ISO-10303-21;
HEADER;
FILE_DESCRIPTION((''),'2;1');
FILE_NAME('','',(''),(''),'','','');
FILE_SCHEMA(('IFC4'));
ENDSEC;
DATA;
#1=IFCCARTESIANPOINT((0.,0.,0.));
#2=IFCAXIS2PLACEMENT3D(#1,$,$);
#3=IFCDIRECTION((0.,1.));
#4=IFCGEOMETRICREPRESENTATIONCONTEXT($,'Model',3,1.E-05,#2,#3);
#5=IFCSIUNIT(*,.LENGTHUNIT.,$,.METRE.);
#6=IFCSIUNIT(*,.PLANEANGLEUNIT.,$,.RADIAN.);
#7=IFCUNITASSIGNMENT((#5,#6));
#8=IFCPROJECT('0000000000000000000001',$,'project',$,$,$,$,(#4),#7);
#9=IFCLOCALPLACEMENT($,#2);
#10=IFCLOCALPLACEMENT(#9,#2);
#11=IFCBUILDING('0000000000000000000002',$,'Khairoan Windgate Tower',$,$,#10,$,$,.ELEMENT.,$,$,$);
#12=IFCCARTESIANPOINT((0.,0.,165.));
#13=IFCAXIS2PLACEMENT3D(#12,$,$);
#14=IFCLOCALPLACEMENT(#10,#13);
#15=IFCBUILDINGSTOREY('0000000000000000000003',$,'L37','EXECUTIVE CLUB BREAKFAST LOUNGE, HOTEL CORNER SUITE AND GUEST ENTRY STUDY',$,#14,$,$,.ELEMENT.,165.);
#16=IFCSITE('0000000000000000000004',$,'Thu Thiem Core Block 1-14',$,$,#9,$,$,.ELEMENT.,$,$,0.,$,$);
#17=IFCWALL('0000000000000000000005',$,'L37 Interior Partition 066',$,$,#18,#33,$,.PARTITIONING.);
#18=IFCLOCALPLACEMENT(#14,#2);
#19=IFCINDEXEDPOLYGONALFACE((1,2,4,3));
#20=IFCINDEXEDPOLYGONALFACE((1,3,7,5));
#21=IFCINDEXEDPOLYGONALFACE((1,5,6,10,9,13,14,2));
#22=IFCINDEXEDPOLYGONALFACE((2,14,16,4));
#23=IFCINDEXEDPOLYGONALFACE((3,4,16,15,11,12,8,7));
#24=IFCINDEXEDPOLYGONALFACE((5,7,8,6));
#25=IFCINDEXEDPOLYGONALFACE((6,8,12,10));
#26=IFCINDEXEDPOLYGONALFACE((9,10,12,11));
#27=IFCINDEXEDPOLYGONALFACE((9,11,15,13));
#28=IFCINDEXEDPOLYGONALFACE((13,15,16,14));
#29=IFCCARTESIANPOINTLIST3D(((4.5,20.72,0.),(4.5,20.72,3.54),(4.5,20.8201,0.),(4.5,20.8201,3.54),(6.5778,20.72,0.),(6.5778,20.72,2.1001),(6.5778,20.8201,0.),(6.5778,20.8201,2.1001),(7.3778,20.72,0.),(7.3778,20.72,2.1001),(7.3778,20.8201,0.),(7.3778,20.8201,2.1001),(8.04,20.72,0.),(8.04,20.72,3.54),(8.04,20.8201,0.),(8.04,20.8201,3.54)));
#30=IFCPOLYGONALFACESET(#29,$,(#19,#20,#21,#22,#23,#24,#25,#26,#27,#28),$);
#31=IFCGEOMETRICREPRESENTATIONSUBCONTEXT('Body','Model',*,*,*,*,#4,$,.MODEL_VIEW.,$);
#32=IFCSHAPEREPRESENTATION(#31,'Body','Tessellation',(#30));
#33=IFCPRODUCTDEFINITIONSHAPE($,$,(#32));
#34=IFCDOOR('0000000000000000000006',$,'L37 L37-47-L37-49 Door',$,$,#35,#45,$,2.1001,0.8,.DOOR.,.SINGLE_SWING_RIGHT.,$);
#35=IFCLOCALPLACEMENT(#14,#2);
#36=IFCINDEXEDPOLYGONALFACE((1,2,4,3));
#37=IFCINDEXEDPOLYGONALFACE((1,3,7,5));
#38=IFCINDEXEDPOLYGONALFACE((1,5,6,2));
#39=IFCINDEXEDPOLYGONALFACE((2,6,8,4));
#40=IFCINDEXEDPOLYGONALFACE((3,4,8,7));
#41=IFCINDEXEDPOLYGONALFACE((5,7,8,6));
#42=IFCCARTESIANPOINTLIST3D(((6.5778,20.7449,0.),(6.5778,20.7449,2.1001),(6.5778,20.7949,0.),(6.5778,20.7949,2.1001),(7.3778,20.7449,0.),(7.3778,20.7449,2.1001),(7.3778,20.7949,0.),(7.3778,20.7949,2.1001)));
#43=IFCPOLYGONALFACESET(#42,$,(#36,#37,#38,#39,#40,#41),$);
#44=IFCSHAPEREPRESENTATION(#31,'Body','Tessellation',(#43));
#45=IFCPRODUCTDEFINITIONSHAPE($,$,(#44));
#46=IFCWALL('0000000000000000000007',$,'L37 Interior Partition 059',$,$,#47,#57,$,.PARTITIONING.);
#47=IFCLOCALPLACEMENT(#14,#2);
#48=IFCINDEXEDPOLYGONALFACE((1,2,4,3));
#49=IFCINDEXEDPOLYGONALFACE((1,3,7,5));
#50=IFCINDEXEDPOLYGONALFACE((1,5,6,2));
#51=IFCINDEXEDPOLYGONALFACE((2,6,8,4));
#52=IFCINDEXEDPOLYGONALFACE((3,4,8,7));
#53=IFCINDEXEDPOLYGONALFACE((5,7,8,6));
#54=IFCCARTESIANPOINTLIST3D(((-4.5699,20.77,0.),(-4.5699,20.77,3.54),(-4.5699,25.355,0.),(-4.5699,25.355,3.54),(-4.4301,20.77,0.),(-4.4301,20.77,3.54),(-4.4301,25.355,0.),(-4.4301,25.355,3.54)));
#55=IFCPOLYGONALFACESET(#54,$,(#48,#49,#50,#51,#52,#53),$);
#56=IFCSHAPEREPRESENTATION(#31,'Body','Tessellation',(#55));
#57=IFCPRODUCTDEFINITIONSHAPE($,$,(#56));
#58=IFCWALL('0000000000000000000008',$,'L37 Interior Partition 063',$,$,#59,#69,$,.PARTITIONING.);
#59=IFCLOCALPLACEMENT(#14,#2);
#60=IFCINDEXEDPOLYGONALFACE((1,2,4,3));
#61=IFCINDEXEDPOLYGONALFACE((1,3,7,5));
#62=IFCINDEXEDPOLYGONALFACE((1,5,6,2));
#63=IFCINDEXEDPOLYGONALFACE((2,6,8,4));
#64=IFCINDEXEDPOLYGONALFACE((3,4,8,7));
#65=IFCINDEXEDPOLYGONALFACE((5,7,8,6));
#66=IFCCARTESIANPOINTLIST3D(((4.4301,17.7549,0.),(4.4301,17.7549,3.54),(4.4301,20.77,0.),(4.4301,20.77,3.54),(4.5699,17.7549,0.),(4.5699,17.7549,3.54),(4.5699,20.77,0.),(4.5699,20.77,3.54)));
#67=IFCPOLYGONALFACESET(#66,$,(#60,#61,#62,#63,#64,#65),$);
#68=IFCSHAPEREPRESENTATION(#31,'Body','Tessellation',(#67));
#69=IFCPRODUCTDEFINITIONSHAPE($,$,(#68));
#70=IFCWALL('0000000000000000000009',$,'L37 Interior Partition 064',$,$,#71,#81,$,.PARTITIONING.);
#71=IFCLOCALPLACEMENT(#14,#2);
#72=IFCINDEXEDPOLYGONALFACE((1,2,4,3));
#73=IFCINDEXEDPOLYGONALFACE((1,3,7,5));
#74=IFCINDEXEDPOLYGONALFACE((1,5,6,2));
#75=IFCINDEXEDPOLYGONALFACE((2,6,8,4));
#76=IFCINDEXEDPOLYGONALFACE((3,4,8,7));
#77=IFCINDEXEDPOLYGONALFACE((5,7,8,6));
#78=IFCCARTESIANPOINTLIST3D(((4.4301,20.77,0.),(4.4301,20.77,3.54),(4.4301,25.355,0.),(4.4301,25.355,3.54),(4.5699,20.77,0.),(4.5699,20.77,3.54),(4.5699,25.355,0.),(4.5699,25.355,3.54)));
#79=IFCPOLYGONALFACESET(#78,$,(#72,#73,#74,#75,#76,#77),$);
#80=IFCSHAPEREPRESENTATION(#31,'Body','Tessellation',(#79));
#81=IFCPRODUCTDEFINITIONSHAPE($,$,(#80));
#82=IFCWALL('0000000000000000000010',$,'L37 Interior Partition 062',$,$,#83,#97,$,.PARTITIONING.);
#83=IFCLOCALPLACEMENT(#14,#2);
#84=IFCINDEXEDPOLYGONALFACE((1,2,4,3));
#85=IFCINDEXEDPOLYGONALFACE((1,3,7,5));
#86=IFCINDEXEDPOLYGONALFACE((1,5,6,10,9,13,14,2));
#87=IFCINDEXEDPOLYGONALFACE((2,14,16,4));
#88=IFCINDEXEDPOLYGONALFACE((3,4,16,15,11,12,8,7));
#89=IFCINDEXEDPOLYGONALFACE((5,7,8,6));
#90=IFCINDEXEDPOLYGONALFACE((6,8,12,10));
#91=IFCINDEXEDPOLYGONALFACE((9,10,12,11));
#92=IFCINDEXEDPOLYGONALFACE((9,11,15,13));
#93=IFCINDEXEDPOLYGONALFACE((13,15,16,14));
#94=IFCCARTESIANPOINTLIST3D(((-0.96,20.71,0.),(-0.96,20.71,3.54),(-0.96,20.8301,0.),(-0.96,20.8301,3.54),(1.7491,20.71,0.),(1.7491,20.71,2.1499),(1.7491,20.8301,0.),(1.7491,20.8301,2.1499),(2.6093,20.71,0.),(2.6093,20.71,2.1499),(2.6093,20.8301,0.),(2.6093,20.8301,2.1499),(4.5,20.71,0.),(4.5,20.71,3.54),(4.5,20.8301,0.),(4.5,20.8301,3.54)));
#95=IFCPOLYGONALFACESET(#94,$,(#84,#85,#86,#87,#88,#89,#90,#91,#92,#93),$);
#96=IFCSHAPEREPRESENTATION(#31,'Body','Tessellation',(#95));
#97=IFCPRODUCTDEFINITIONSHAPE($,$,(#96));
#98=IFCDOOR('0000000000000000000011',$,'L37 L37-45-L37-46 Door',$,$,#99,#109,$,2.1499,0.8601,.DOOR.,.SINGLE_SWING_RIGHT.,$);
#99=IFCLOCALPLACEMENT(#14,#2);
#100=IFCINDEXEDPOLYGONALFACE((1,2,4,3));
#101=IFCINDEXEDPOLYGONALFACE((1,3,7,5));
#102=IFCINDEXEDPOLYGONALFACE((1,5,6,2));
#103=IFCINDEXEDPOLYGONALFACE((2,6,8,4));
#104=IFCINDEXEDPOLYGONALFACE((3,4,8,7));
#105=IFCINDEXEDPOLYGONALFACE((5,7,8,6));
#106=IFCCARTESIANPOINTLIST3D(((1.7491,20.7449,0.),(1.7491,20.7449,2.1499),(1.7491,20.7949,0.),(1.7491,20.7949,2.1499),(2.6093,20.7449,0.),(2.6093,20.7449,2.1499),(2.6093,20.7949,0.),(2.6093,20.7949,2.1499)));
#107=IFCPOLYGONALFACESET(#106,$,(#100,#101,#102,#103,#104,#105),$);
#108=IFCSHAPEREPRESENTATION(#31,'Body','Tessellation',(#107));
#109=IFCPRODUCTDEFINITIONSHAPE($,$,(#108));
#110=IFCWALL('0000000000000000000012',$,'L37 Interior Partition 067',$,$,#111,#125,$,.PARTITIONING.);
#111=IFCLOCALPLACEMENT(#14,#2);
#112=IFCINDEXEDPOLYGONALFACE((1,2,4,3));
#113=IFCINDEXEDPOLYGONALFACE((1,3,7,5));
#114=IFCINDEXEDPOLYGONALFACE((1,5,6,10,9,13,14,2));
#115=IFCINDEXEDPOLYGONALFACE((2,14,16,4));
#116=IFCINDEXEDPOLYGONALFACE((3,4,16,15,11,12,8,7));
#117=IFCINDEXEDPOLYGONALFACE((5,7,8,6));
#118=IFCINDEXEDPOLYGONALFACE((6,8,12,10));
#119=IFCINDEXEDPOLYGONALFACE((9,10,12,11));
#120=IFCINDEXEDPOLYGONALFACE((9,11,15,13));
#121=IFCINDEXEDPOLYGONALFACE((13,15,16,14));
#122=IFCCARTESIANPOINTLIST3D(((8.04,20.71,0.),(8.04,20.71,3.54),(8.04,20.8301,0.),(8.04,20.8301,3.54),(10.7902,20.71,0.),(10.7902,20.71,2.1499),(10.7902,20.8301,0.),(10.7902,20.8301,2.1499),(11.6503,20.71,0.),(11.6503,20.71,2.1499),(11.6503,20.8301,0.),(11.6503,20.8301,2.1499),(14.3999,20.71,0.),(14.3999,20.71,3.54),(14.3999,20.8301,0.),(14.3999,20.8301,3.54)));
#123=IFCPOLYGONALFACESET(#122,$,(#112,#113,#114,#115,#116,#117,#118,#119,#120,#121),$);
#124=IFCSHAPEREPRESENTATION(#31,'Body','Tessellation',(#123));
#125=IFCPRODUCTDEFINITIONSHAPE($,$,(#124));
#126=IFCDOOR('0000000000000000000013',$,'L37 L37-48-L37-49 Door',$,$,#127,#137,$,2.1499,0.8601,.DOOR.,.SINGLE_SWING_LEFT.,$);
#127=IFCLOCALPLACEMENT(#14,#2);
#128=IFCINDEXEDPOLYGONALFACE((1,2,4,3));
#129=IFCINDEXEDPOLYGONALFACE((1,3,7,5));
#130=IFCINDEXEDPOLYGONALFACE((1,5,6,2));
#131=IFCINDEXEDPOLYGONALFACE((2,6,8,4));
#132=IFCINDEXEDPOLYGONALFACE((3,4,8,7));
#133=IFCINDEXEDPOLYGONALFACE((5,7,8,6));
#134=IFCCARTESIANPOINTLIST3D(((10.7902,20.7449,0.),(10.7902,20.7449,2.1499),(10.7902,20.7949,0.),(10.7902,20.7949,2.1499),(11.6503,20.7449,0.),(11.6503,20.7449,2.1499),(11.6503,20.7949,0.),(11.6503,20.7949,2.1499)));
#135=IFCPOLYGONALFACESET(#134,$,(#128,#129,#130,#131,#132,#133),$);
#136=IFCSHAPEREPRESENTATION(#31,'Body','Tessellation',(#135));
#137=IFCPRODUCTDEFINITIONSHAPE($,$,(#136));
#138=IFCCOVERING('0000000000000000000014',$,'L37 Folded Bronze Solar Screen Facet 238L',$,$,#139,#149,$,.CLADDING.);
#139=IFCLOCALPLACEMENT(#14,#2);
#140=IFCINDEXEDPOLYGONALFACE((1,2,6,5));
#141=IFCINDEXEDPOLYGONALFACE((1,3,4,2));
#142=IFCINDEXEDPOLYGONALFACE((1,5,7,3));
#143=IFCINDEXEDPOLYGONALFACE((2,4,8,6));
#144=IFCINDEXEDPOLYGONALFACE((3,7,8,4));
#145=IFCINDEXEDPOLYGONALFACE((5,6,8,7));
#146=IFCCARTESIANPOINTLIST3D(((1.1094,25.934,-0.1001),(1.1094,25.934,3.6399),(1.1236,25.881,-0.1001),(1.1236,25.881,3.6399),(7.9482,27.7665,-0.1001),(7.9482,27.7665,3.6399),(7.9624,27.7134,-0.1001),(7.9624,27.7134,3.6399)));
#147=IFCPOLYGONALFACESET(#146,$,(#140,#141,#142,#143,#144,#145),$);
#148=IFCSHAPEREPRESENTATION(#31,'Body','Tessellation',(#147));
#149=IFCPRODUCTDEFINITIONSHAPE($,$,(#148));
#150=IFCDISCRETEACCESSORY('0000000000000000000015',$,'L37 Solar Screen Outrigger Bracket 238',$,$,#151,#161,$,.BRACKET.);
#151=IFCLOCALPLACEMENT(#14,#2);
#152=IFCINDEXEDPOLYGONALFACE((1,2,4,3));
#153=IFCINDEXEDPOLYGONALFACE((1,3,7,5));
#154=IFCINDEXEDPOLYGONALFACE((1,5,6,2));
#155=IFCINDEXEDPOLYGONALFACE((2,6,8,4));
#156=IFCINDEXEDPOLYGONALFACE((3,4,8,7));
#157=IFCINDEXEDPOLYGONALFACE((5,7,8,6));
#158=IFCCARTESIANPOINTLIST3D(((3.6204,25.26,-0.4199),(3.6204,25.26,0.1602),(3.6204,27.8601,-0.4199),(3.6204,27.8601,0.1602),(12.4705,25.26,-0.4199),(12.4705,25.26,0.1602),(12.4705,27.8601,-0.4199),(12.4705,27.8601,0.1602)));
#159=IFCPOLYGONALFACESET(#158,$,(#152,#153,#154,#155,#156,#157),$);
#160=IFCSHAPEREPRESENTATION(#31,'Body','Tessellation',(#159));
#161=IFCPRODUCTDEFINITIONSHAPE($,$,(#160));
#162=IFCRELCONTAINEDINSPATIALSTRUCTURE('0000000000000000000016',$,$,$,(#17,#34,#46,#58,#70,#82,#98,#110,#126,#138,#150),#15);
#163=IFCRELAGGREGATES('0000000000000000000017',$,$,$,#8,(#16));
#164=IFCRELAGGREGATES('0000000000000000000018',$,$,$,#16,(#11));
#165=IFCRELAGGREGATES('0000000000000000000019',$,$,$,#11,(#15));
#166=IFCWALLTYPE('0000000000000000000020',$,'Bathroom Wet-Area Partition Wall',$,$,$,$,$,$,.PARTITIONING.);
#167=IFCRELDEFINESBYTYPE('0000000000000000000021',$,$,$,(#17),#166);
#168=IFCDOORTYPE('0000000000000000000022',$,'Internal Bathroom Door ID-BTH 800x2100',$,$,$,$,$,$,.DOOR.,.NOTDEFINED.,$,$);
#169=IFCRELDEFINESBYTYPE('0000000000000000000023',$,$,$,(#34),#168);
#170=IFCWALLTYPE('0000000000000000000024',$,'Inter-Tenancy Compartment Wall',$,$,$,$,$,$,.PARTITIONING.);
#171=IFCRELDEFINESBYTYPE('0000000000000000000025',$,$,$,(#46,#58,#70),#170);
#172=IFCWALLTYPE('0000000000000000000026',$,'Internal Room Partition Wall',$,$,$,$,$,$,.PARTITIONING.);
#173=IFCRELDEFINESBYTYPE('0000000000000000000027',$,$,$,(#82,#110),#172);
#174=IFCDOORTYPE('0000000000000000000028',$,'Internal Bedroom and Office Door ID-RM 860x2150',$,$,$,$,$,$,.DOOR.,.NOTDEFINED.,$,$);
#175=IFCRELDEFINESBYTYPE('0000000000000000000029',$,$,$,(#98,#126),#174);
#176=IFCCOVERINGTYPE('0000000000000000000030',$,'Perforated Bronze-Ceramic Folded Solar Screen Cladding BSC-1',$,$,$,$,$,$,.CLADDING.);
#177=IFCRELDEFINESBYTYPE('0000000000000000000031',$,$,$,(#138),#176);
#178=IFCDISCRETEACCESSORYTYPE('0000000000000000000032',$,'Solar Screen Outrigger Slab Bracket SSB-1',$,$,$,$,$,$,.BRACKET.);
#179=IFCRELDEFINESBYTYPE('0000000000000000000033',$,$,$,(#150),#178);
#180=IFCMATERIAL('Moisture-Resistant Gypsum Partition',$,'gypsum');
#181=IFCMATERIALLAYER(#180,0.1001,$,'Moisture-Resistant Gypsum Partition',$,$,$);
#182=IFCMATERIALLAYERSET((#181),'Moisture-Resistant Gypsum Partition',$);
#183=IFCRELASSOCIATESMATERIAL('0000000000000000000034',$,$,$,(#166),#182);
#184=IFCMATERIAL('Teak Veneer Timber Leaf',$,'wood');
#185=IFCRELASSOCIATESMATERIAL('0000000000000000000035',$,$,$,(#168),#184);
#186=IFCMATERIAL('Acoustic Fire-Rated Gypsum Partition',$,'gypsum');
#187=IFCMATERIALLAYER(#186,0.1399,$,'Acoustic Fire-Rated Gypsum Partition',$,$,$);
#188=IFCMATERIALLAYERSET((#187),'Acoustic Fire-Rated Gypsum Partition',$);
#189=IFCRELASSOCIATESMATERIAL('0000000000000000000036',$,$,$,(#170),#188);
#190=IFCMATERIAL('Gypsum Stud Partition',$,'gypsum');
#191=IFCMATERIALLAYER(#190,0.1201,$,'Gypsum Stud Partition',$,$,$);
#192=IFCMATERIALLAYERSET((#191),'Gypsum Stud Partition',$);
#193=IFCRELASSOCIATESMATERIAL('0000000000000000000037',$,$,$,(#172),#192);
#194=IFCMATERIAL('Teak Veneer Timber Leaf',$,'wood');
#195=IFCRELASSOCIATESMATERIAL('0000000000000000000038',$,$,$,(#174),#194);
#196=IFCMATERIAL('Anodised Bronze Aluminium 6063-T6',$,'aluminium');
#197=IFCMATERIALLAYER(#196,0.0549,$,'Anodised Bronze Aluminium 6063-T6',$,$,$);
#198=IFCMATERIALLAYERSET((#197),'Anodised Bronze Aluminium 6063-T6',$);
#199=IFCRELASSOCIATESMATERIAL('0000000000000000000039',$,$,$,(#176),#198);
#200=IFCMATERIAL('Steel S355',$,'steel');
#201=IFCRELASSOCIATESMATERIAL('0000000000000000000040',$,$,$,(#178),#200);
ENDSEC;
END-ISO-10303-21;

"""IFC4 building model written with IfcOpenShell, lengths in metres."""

from ifc_helpers import new_model, si_unit, direction, frame, frame_2d, origin, origin_2d, place, context, subcontext, project, spatial, rectangle, extrude, material, layer, layer_set, type_object, element, fill, save


model = new_model("IFC4")

# Units and contexts
model_context = context("Model", 3, precision=1e-05, world=origin(), true_north=direction((0.0, 1.0)))
body_context = subcontext(model_context, "Body", "Model", "MODEL_VIEW")
ifc_project = project(units=[si_unit("LENGTHUNIT", "METRE"), si_unit("PLANEANGLEUNIT", "RADIAN")], contexts=[model_context])

# Site, building, storey
site_placement = place(None, origin())
site = spatial("IfcSite", under=ifc_project, at=site_placement, Name="Thu Thiem Core Block 1-14", CompositionType="ELEMENT", RefElevation=0.0)
building_placement = place(site_placement, origin())
building = spatial("IfcBuilding", under=site, at=building_placement, Name="Khairoan Windgate Tower", CompositionType="ELEMENT")
storey_placement = place(building_placement, frame((0.0, 0.0, 165.0)))
storey = spatial("IfcBuildingStorey", under=building, at=storey_placement, Name="L37", Description="EXECUTIVE CLUB BREAKFAST LOUNGE, HOTEL CORNER SUITE AND GUEST ENTRY STUDY", CompositionType="ELEMENT", Elevation=165.0)

# Wall, opening, door
ifc_material_1 = material(Name="Moisture-Resistant Gypsum Partition", Category="gypsum")
ifc_layer_1 = layer(ifc_material_1, 0.1001, Name="Moisture-Resistant Gypsum Partition")
ifc_layer_set_1 = layer_set([ifc_layer_1], Name="Moisture-Resistant Gypsum Partition")
wall_type_1 = type_object("IfcWallType", Name="Bathroom Wet-Area Partition Wall", PredefinedType="PARTITIONING", material=ifc_layer_set_1)
ifc_material_2 = material(Name="Teak Veneer Timber Leaf", Category="wood")
door_type_1 = type_object("IfcDoorType", Name="Internal Bathroom Door ID-BTH 800x2100", OperationType="NOTDEFINED", PredefinedType="DOOR", material=ifc_material_2)
wall_1_placement = place(storey_placement, frame((4.5, 20.77, 0.0), z_axis=(0.0, 0.0, 1.0), x_axis=(1.0, 0.0, 0.0)))
wall_1 = element("IfcWall", 1, at=wall_1_placement, inside=storey, type_object=wall_type_1, Name="L37 Interior Partition 066", PredefinedType="PARTITIONING", context=body_context, shape_type="SweptSolid", body=[
    extrude(rectangle(XDim=3.54, YDim=0.1001, at=frame_2d((1.77, 0.0))), origin(), (0.0, 0.0, 1.0), 3.54),
])
opening_1_placement = place(wall_1_placement, frame((2.0779, 0.0, 0.0)))
opening_1 = element("IfcOpeningElement", 2, at=opening_1_placement, cuts=wall_1, PredefinedType="OPENING", context=body_context, shape_type="SweptSolid", body=[
    extrude(rectangle(XDim=0.8, YDim=2.1001, at=frame_2d((0.3999, 1.05))), frame((0.0, 0.0601, 0.0), z_axis=(0.0, -1.0, 0.0), x_axis=(1.0, 0.0, 0.0)), (0.0, 0.0, 1.0), 0.1201),
])
door_1_placement = place(opening_1_placement, origin())
door_1 = element("IfcDoor", 3, at=door_1_placement, inside=storey, type_object=door_type_1, Name="L37 L37-47-L37-49 Door", OperationType="SINGLE_SWING_RIGHT", OverallHeight=2.1001, OverallWidth=0.8, PredefinedType="DOOR", context=body_context, shape_type="SweptSolid", body=[
    extrude(rectangle(XDim=0.8, YDim=2.1001, at=frame_2d((0.3999, 1.05))), frame((0.0, 0.0249, 0.0), z_axis=(0.0, -1.0, 0.0), x_axis=(1.0, 0.0, 0.0)), (0.0, 0.0, 1.0), 0.05),
])
fill(opening_1, door_1)

# Walls
ifc_material_3 = material(Name="Acoustic Fire-Rated Gypsum Partition", Category="gypsum")
ifc_layer_2 = layer(ifc_material_3, 0.1399, Name="Acoustic Fire-Rated Gypsum Partition")
ifc_layer_set_2 = layer_set([ifc_layer_2], Name="Acoustic Fire-Rated Gypsum Partition")
wall_type_2 = type_object("IfcWallType", Name="Inter-Tenancy Compartment Wall", PredefinedType="PARTITIONING", material=ifc_layer_set_2)
wall_2_placement = place(storey_placement, frame((-4.5, 20.77, 0.0), z_axis=(0.0, 0.0, 1.0), x_axis=(0.0, 1.0, 0.0)))
element("IfcWall", 4, at=wall_2_placement, inside=storey, type_object=wall_type_2, Name="L37 Interior Partition 059", PredefinedType="PARTITIONING", context=body_context, shape_type="SweptSolid", body=[
    extrude(rectangle(XDim=4.585, YDim=0.1399, at=frame_2d((2.2925, 0.0))), origin(), (0.0, 0.0, 1.0), 3.54),
])
wall_3_placement = place(storey_placement, frame((4.5, 17.7549, 0.0), z_axis=(0.0, 0.0, 1.0), x_axis=(0.0, 1.0, 0.0)))
element("IfcWall", 5, at=wall_3_placement, inside=storey, type_object=wall_type_2, Name="L37 Interior Partition 063", PredefinedType="PARTITIONING", context=body_context, shape_type="SweptSolid", body=[
    extrude(rectangle(XDim=3.0151, YDim=0.1399, at=frame_2d((1.5076, 0.0))), origin(), (0.0, 0.0, 1.0), 3.54),
])
wall_4_placement = place(storey_placement, frame((4.5, 20.77, 0.0), z_axis=(0.0, 0.0, 1.0), x_axis=(0.0, 1.0, 0.0)))
element("IfcWall", 6, at=wall_4_placement, inside=storey, type_object=wall_type_2, Name="L37 Interior Partition 064", PredefinedType="PARTITIONING", context=body_context, shape_type="SweptSolid", body=[
    extrude(rectangle(XDim=4.585, YDim=0.1399, at=frame_2d((2.2925, 0.0))), origin(), (0.0, 0.0, 1.0), 3.54),
])

# Walls, openings, doors
ifc_material_4 = material(Name="Gypsum Stud Partition", Category="gypsum")
ifc_layer_3 = layer(ifc_material_4, 0.1201, Name="Gypsum Stud Partition")
ifc_layer_set_3 = layer_set([ifc_layer_3], Name="Gypsum Stud Partition")
wall_type_3 = type_object("IfcWallType", Name="Internal Room Partition Wall", PredefinedType="PARTITIONING", material=ifc_layer_set_3)
wall_5_placement = place(storey_placement, frame((-0.96, 20.77, 0.0), z_axis=(0.0, 0.0, 1.0), x_axis=(1.0, 0.0, 0.0)))
wall_5 = element("IfcWall", 7, at=wall_5_placement, inside=storey, type_object=wall_type_3, Name="L37 Interior Partition 062", PredefinedType="PARTITIONING", context=body_context, shape_type="SweptSolid", body=[
    extrude(rectangle(XDim=5.46, YDim=0.1201, at=frame_2d((2.73, 0.0))), origin(), (0.0, 0.0, 1.0), 3.54),
])
opening_2_placement = place(wall_5_placement, frame((2.709, 0.0, 0.0)))
opening_2 = element("IfcOpeningElement", 8, at=opening_2_placement, cuts=wall_5, PredefinedType="OPENING", context=body_context, shape_type="SweptSolid", body=[
    extrude(rectangle(XDim=0.8601, YDim=2.1499, at=frame_2d((0.4302, 1.075))), frame((0.0, 0.0701, 0.0), z_axis=(0.0, -1.0, 0.0), x_axis=(1.0, 0.0, 0.0)), (0.0, 0.0, 1.0), 0.1401),
])
ifc_material_5 = material(Name="Teak Veneer Timber Leaf", Category="wood")
door_type_2 = type_object("IfcDoorType", Name="Internal Bedroom and Office Door ID-RM 860x2150", OperationType="NOTDEFINED", PredefinedType="DOOR", material=ifc_material_5)
door_2_placement = place(opening_2_placement, origin())
door_2 = element("IfcDoor", 9, at=door_2_placement, inside=storey, type_object=door_type_2, Name="L37 L37-45-L37-46 Door", OperationType="SINGLE_SWING_RIGHT", OverallHeight=2.1499, OverallWidth=0.8601, PredefinedType="DOOR", context=body_context, shape_type="SweptSolid", body=[
    extrude(rectangle(XDim=0.8601, YDim=2.1499, at=frame_2d((0.4302, 1.075))), frame((0.0, 0.0249, 0.0), z_axis=(0.0, -1.0, 0.0), x_axis=(1.0, 0.0, 0.0)), (0.0, 0.0, 1.0), 0.05),
])
fill(opening_2, door_2)
wall_6_placement = place(storey_placement, frame((8.04, 20.77, 0.0), z_axis=(0.0, 0.0, 1.0), x_axis=(1.0, 0.0, 0.0)))
wall_6 = element("IfcWall", 10, at=wall_6_placement, inside=storey, type_object=wall_type_3, Name="L37 Interior Partition 067", PredefinedType="PARTITIONING", context=body_context, shape_type="SweptSolid", body=[
    extrude(rectangle(XDim=6.3599, YDim=0.1201, at=frame_2d((3.1799, 0.0))), origin(), (0.0, 0.0, 1.0), 3.54),
])
opening_3_placement = place(wall_6_placement, frame((2.75, 0.0, 0.0)))
opening_3 = element("IfcOpeningElement", 11, at=opening_3_placement, cuts=wall_6, PredefinedType="OPENING", context=body_context, shape_type="SweptSolid", body=[
    extrude(rectangle(XDim=0.8601, YDim=2.1499, at=frame_2d((0.4302, 1.075))), frame((0.0, 0.0701, 0.0), z_axis=(0.0, -1.0, 0.0), x_axis=(1.0, 0.0, 0.0)), (0.0, 0.0, 1.0), 0.1401),
])
door_3_placement = place(opening_3_placement, origin())
door_3 = element("IfcDoor", 12, at=door_3_placement, inside=storey, type_object=door_type_2, Name="L37 L37-48-L37-49 Door", OperationType="SINGLE_SWING_LEFT", OverallHeight=2.1499, OverallWidth=0.8601, PredefinedType="DOOR", context=body_context, shape_type="SweptSolid", body=[
    extrude(rectangle(XDim=0.8601, YDim=2.1499, at=frame_2d((0.4302, 1.075))), frame((0.0, 0.0249, 0.0), z_axis=(0.0, -1.0, 0.0), x_axis=(1.0, 0.0, 0.0)), (0.0, 0.0, 1.0), 0.05),
])
fill(opening_3, door_3)

# Covering
ifc_material_6 = material(Name="Anodised Bronze Aluminium 6063-T6", Category="aluminium")
ifc_layer_4 = layer(ifc_material_6, 0.0549, Name="Anodised Bronze Aluminium 6063-T6")
ifc_layer_set_4 = layer_set([ifc_layer_4], Name="Anodised Bronze Aluminium 6063-T6")
covering_type = type_object("IfcCoveringType", Name="Perforated Bronze-Ceramic Folded Solar Screen Cladding BSC-1", PredefinedType="CLADDING", material=ifc_layer_set_4)
covering_placement = place(storey_placement, frame((4.5359, 26.8237, -0.1001), z_axis=(0.0, 0.0, 1.0), x_axis=(0.965926, 0.258819, 0.0)))
element("IfcCovering", 13, at=covering_placement, inside=storey, type_object=covering_type, Name="L37 Folded Bronze Solar Screen Facet 238L", PredefinedType="CLADDING", context=body_context, shape_type="SweptSolid", body=[
    extrude(rectangle(XDim=7.0801, YDim=0.0549, at=origin_2d()), origin(), (0.0, 0.0, 1.0), 3.74),
])

# Discrete accessory
ifc_material_7 = material(Name="Steel S355", Category="steel")
discrete_accessory_type = type_object("IfcDiscreteAccessoryType", Name="Solar Screen Outrigger Slab Bracket SSB-1", PredefinedType="BRACKET", material=ifc_material_7)
discrete_accessory_placement = place(storey_placement, frame((8.0454, 26.5601, -0.4199), z_axis=(0.0, 0.0, 1.0), x_axis=(1.0, 0.0, 0.0)))
element("IfcDiscreteAccessory", 14, at=discrete_accessory_placement, inside=storey, type_object=discrete_accessory_type, Name="L37 Solar Screen Outrigger Bracket 238", PredefinedType="BRACKET", context=body_context, shape_type="SweptSolid", body=[
    extrude(rectangle(XDim=8.8501, YDim=2.6001, at=origin_2d()), origin(), (0.0, 0.0, 1.0), 0.5801),
])

save(model, "model.ifc")
